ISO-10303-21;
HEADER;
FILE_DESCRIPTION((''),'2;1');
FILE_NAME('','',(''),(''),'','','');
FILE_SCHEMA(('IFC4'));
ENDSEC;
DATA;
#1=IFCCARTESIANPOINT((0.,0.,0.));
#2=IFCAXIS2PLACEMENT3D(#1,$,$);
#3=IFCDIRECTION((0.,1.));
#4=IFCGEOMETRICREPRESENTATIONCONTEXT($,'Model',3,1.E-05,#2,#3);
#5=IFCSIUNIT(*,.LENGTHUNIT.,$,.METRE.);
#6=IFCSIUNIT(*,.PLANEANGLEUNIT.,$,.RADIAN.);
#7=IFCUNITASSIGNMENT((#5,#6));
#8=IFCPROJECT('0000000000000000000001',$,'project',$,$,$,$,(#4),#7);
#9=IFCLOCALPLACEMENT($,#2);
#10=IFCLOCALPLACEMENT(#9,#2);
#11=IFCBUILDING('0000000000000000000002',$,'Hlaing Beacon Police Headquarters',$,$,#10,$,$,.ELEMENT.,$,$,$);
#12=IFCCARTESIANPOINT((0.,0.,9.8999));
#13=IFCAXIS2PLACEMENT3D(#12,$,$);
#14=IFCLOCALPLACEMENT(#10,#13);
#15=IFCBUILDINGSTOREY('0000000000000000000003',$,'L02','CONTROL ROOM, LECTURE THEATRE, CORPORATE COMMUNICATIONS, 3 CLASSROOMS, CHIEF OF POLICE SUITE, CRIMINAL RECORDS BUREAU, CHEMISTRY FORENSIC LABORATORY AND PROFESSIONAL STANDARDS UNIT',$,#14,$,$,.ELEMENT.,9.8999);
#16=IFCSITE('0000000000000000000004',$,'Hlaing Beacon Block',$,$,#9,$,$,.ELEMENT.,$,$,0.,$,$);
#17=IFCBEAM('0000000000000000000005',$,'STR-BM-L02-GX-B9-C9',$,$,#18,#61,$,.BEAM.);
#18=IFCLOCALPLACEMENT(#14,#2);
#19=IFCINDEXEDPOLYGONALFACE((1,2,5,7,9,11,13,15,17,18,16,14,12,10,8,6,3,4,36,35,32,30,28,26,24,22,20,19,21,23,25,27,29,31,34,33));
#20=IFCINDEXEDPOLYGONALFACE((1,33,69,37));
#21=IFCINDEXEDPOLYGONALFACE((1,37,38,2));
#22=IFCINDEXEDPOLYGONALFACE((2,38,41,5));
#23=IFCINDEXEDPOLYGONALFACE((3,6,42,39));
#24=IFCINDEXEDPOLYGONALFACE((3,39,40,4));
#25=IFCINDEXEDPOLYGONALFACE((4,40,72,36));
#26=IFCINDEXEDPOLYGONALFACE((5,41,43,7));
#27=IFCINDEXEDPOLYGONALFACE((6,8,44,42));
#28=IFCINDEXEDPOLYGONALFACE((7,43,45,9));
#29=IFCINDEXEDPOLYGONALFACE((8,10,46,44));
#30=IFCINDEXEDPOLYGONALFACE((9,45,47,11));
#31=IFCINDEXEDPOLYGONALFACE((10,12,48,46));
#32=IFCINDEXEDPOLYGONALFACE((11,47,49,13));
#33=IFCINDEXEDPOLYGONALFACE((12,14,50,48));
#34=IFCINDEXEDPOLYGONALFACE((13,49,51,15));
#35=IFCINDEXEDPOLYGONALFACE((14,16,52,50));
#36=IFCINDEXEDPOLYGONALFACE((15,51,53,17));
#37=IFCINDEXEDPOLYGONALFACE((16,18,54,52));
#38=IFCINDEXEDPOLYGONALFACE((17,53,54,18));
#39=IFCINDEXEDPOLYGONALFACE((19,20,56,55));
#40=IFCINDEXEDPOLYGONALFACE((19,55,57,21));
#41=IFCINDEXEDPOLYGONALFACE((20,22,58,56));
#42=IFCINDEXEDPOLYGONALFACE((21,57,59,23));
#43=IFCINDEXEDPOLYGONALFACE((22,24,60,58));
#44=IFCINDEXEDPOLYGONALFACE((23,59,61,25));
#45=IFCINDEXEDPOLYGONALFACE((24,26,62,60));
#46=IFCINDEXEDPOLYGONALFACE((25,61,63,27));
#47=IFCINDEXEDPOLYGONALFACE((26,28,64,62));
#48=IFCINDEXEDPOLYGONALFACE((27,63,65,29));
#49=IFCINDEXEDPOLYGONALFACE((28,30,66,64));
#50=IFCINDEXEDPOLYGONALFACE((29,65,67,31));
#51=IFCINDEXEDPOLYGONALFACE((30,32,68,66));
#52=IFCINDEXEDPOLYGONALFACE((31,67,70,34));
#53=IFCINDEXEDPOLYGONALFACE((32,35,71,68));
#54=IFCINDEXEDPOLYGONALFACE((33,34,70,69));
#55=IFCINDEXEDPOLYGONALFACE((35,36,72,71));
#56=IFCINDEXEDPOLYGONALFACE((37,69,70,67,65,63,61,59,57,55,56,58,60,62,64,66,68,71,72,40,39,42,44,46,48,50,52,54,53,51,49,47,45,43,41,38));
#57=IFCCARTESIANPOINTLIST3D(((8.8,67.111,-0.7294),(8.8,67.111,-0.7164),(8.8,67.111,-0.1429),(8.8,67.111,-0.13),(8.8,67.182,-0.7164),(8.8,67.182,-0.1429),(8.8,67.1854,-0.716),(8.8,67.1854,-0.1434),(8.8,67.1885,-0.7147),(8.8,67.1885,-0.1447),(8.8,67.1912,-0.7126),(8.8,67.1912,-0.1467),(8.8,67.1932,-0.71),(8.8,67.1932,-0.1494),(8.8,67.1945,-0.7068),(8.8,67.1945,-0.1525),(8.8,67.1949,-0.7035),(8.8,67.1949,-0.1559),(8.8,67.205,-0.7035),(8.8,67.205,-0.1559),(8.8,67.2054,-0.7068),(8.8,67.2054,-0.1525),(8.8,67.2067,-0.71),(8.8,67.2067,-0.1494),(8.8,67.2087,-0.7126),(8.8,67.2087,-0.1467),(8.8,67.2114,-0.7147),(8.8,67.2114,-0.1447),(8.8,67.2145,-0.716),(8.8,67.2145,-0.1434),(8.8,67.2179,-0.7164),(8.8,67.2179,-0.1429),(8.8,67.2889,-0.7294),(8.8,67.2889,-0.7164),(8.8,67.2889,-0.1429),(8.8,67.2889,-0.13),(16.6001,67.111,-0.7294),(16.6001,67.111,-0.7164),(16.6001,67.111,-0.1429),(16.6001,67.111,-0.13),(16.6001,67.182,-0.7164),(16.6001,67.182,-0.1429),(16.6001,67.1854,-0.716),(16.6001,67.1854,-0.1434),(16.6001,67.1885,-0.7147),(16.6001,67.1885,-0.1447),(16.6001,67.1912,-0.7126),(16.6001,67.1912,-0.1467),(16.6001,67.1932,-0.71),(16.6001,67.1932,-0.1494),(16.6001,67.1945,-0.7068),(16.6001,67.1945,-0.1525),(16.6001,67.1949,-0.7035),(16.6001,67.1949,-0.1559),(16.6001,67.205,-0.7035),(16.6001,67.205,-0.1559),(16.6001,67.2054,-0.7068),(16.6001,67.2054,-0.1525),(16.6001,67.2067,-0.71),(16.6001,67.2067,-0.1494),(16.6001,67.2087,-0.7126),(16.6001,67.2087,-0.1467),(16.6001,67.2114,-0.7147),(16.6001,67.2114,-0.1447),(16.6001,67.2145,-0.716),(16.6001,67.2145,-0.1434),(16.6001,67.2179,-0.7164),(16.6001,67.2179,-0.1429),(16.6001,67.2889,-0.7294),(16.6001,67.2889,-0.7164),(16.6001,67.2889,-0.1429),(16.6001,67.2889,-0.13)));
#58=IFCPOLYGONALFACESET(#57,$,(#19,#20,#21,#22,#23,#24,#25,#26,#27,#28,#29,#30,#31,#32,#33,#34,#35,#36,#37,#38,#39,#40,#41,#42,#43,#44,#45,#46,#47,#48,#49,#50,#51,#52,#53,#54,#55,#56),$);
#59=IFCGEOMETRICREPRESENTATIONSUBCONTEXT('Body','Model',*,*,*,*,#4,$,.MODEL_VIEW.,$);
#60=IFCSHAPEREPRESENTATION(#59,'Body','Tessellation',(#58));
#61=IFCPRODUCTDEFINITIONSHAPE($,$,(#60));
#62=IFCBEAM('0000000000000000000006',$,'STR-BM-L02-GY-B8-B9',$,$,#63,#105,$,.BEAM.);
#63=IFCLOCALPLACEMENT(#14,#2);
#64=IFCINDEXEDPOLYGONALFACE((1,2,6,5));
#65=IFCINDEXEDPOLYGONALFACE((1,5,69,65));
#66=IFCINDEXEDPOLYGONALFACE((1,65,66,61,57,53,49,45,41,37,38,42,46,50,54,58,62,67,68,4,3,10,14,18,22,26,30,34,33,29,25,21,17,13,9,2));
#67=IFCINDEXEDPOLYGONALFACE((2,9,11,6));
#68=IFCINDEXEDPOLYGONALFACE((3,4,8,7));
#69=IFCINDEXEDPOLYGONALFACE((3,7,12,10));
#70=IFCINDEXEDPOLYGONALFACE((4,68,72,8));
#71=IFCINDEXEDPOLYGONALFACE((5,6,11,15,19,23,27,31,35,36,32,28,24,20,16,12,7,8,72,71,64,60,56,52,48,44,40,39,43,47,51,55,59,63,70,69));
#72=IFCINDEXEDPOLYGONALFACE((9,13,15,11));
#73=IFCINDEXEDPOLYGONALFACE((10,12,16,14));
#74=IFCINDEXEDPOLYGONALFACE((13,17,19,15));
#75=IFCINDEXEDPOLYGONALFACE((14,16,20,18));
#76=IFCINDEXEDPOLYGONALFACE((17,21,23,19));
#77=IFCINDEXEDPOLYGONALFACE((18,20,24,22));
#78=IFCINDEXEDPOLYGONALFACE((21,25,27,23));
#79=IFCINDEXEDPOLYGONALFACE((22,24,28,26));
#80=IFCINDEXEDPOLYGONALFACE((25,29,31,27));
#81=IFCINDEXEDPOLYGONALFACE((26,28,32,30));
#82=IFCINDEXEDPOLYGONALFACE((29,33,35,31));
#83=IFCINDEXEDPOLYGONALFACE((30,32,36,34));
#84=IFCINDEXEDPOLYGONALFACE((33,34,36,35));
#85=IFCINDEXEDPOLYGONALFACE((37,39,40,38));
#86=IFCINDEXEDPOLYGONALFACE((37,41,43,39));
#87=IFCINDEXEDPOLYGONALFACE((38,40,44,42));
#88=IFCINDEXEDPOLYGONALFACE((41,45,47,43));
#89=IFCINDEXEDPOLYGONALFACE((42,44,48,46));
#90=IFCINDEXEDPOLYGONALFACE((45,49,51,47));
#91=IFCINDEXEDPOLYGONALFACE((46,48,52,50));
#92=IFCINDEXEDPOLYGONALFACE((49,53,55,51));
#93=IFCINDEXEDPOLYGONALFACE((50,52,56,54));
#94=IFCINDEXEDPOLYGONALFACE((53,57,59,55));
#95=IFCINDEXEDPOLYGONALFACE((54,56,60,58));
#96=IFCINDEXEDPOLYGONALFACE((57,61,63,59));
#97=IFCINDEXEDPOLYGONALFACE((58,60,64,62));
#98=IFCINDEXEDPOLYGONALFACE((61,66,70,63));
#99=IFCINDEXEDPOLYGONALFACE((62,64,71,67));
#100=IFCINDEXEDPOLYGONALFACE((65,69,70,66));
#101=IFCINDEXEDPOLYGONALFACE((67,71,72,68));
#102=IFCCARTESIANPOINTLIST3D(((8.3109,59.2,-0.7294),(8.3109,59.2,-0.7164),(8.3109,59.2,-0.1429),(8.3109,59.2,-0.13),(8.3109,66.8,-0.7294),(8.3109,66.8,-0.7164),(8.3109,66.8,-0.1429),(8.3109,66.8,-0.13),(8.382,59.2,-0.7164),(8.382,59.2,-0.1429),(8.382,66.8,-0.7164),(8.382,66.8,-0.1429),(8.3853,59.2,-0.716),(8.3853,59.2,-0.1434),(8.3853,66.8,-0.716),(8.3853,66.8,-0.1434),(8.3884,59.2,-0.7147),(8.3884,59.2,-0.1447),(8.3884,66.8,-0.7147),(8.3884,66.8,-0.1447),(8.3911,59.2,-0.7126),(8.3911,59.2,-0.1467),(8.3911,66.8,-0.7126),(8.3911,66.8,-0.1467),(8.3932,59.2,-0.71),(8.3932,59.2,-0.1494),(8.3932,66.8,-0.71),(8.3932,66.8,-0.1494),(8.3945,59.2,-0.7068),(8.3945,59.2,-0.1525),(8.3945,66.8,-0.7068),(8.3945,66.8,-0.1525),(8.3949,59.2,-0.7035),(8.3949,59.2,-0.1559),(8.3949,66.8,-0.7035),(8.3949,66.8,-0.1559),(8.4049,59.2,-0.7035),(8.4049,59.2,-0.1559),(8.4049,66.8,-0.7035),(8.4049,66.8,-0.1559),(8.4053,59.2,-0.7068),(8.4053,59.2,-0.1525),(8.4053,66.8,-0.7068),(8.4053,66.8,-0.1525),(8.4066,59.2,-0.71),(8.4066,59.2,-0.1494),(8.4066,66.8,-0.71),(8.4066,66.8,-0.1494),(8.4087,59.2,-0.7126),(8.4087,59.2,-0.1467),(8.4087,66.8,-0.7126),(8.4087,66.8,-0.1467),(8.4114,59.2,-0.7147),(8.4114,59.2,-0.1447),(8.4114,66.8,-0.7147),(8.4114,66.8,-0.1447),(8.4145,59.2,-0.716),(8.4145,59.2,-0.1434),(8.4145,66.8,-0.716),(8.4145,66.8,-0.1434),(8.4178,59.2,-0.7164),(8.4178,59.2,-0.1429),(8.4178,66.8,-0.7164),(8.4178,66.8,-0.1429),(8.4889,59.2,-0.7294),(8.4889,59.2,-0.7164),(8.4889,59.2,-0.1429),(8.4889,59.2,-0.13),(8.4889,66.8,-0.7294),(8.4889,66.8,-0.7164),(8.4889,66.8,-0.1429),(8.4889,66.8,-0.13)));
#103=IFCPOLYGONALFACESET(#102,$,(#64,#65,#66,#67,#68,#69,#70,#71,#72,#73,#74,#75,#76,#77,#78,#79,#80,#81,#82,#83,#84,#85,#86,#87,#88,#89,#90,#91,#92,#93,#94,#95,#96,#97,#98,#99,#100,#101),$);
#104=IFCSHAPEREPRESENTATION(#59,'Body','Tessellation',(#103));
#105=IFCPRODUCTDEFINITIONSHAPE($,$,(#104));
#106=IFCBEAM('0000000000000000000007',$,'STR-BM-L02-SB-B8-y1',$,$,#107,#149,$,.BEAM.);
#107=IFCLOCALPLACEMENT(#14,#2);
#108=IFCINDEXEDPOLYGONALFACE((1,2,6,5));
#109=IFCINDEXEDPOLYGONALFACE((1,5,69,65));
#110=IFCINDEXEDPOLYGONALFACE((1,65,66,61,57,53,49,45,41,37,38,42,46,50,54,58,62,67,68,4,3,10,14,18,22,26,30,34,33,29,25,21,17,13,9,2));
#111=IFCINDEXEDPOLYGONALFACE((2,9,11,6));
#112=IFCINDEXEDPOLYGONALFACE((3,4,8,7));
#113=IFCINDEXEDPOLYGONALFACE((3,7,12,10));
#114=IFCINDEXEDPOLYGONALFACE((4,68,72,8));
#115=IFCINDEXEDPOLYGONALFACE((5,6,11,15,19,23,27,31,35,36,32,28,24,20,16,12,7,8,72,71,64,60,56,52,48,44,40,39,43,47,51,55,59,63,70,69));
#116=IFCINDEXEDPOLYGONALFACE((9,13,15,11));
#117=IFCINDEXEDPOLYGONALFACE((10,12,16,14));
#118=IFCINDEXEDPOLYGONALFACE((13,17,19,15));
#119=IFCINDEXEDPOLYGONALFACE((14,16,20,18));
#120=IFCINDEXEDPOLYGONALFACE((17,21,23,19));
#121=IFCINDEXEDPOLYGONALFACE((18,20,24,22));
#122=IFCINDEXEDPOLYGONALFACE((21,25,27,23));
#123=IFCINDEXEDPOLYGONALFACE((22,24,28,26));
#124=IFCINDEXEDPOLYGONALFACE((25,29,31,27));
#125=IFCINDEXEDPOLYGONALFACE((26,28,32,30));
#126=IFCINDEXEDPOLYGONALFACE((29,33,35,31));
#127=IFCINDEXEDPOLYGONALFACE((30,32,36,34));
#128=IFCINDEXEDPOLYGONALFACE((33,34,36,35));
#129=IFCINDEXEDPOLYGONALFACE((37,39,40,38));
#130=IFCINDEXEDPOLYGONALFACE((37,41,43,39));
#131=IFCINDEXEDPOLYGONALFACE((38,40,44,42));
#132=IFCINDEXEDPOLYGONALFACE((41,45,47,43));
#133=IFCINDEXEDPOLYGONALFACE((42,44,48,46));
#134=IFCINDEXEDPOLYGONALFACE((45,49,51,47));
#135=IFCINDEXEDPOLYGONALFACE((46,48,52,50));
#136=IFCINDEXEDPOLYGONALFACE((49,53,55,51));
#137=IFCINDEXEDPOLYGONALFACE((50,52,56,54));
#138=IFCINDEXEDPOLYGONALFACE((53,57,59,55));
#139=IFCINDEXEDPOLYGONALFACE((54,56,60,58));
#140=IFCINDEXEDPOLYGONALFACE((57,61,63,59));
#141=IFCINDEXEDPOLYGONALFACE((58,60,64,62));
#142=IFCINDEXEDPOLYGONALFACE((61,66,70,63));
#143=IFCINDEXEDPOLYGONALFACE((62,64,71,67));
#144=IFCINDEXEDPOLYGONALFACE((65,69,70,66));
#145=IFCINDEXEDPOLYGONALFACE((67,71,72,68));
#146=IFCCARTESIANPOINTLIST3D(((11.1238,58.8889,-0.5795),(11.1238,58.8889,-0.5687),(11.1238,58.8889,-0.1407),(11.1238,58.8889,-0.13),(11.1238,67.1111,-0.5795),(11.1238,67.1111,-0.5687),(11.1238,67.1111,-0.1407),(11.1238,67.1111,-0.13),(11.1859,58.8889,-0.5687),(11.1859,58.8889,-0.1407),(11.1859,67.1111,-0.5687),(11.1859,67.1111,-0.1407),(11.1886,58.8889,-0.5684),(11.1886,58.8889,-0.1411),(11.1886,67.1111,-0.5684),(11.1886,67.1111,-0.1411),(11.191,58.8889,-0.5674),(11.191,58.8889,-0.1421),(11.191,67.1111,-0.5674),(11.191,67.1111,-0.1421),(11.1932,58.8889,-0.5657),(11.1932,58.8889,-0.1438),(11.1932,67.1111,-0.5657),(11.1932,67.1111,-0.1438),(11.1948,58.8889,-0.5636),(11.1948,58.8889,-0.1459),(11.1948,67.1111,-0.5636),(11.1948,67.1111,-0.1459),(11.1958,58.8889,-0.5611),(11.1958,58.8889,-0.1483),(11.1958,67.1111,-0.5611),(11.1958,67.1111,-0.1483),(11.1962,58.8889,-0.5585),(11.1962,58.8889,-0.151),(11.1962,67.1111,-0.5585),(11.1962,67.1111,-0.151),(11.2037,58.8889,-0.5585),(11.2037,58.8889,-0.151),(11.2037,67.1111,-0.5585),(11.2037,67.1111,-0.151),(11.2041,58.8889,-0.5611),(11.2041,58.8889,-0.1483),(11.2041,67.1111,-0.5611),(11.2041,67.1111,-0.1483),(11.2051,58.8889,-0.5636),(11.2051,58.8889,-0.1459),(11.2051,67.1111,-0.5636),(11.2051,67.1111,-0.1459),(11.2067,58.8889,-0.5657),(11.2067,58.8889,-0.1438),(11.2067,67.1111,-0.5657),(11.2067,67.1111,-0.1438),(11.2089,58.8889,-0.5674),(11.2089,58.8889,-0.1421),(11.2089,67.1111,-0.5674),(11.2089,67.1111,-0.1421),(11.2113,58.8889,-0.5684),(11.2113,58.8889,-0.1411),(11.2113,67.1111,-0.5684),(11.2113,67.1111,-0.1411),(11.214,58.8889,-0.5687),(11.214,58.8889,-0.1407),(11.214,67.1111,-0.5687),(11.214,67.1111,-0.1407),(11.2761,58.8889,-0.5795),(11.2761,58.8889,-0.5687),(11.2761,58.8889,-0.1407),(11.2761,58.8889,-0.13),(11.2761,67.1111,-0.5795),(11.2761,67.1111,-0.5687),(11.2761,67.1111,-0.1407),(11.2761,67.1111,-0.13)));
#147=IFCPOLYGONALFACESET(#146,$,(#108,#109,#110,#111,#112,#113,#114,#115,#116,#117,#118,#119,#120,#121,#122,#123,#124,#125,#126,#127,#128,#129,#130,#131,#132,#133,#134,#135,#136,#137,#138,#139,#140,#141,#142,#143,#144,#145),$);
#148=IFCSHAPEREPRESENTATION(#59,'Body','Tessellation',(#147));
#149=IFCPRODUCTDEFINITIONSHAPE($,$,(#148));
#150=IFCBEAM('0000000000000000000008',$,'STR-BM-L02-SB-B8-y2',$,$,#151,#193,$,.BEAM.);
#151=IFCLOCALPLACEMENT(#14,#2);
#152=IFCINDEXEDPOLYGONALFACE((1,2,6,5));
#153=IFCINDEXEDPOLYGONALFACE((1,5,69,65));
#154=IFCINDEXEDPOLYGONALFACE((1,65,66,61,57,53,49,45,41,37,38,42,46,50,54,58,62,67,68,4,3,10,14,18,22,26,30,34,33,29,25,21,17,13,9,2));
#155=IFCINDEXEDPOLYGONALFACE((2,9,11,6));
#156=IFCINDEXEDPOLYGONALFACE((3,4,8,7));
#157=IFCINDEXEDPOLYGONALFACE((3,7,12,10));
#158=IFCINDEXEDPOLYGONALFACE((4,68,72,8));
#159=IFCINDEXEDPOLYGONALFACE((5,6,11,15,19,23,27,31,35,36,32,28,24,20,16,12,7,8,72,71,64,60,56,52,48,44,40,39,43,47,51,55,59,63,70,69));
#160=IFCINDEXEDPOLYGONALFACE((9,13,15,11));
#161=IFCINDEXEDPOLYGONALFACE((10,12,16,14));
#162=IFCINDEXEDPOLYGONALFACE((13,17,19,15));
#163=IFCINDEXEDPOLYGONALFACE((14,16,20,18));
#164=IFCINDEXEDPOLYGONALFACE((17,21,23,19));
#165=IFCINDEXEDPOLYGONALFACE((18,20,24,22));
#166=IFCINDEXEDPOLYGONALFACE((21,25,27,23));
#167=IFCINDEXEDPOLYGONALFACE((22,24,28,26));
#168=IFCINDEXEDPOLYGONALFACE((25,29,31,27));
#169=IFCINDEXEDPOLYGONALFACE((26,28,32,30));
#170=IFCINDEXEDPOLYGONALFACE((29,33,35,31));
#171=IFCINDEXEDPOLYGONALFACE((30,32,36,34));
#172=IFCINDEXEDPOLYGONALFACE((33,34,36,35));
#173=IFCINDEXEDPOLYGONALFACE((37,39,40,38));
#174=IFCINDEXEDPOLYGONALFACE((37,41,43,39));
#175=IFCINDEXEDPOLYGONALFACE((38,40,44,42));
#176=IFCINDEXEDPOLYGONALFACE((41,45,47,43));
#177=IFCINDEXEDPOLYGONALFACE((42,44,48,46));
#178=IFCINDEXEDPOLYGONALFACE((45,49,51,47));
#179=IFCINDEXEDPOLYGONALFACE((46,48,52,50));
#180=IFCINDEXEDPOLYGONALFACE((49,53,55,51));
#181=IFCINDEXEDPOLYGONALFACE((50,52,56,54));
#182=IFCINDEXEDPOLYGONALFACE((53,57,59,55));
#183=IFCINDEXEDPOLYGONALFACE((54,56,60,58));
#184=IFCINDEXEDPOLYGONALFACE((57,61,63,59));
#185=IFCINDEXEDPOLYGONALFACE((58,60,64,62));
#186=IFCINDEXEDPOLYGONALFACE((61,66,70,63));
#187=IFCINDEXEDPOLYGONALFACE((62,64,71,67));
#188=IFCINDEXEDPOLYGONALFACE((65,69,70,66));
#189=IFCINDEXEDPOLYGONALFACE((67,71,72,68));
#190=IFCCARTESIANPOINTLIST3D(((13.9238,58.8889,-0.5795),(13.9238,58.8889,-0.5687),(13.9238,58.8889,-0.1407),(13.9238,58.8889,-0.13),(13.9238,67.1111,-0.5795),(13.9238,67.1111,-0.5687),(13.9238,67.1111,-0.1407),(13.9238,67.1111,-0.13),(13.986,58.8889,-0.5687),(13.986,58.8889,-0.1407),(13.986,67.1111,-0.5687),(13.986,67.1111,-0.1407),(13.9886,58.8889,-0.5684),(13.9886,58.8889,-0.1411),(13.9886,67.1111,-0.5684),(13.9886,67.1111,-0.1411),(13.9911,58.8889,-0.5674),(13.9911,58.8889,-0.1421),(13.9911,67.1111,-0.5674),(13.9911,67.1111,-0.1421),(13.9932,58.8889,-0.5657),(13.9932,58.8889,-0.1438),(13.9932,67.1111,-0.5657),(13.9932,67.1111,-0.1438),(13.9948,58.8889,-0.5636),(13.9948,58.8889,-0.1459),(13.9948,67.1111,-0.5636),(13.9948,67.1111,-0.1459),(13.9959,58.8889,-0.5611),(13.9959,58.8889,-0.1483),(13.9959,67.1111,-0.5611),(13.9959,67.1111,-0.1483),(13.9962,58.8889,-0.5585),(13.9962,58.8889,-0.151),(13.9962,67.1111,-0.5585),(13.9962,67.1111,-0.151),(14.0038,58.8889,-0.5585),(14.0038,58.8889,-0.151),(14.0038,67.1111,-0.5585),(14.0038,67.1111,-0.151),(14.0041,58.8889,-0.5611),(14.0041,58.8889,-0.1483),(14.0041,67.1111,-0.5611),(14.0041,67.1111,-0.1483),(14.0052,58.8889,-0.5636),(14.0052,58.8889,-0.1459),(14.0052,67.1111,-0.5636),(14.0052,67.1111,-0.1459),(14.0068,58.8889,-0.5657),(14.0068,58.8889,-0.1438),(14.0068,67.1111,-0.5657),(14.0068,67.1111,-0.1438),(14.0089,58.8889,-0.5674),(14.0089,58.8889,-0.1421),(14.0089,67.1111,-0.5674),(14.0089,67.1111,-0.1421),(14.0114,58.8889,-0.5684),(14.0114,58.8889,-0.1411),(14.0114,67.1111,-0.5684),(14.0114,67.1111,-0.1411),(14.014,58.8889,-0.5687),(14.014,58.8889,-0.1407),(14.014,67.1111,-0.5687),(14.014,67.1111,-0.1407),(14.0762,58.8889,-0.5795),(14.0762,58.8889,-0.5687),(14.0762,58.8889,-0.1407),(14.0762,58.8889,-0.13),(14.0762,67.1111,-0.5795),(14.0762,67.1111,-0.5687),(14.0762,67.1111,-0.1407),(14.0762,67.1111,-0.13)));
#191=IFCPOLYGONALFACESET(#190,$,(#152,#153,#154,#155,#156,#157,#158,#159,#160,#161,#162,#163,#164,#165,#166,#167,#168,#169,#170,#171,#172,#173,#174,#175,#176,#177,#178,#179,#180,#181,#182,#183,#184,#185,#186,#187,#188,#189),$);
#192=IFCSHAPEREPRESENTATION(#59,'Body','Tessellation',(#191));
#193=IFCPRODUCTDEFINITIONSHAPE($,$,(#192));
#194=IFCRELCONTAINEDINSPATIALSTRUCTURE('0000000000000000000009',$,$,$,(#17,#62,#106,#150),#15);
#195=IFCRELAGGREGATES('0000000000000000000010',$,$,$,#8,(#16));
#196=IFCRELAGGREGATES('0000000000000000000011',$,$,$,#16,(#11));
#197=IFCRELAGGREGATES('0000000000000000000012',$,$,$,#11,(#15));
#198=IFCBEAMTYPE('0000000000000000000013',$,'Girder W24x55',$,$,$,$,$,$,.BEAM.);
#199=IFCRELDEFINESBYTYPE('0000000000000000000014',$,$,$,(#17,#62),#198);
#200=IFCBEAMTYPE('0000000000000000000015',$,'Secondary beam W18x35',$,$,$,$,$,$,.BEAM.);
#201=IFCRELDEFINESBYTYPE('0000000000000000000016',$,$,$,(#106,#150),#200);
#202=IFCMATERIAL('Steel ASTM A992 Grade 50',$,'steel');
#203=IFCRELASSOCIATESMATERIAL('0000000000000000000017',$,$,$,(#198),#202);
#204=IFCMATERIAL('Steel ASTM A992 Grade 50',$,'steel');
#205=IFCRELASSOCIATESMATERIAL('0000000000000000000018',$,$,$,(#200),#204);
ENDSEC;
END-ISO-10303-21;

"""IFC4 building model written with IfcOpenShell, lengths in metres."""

from ifc_helpers import new_model, si_unit, direction, frame, origin, origin_2d, place, context, subcontext, project, spatial, i_section, extrude, material, material_profile, profile_set, type_object, element, save


model = new_model("IFC4")

# Units and contexts
model_context = context("Model", 3, precision=1e-05, world=origin(), true_north=direction((0.0, 1.0)))
body_context = subcontext(model_context, "Body", "Model", "MODEL_VIEW")
ifc_project = project(units=[si_unit("LENGTHUNIT", "METRE"), si_unit("PLANEANGLEUNIT", "RADIAN")], contexts=[model_context])

# Site, building, storey
site_placement = place(None, origin())
site = spatial("IfcSite", under=ifc_project, at=site_placement, Name="Hlaing Beacon Block", CompositionType="ELEMENT", RefElevation=0.0)
building_placement = place(site_placement, origin())
building = spatial("IfcBuilding", under=site, at=building_placement, Name="Hlaing Beacon Police Headquarters", CompositionType="ELEMENT")
storey_placement = place(building_placement, frame((0.0, 0.0, 9.8999)))
storey = spatial("IfcBuildingStorey", under=building, at=storey_placement, Name="L02", Description="CONTROL ROOM, LECTURE THEATRE, CORPORATE COMMUNICATIONS, 3 CLASSROOMS, CHIEF OF POLICE SUITE, CRIMINAL RECORDS BUREAU, CHEMISTRY FORENSIC LABORATORY AND PROFESSIONAL STANDARDS UNIT", CompositionType="ELEMENT", Elevation=9.8999)

# Beams
ifc_material_1 = material(Name="Steel ASTM A992 Grade 50", Category="steel")
ifc_material_profile_1 = material_profile(ifc_material_1, i_section(OverallWidth=0.178, OverallDepth=0.5994, WebThickness=0.01, FlangeThickness=0.0129, FilletRadius=0.0129, at=origin_2d()), Name="W24x55")
ifc_profile_set_1 = profile_set([ifc_material_profile_1], Name="Steel ASTM A992 Grade 50")
beam_type_1 = type_object("IfcBeamType", Name="Girder W24x55", PredefinedType="BEAM", material=ifc_profile_set_1)
for number, where, z_axis, x_axis, name in (
    (1, (8.8, 67.2, -0.4297), (1.0, 0.0, 0.0), (0.0, 1.0, 0.0), "STR-BM-L02-GX-B9-C9"),
):
    element("IfcBeam", number, at=place(storey_placement, frame(where, z_axis=z_axis, x_axis=x_axis)), inside=storey, type_object=beam_type_1, Name=name, PredefinedType="BEAM", context=body_context, shape_type="SweptSolid", body=[
        extrude(i_section(OverallWidth=0.178, OverallDepth=0.5994, WebThickness=0.01, FlangeThickness=0.0129, FilletRadius=0.0129, at=origin_2d()), origin(), (0.0, 0.0, 1.0), 7.8),
    ])
beam_placement = place(storey_placement, frame((8.3999, 59.2, -0.4297), z_axis=(0.0, 1.0, 0.0), x_axis=(-1.0, 0.0, 0.0)))
element("IfcBeam", 2, at=beam_placement, inside=storey, type_object=beam_type_1, Name="STR-BM-L02-GY-B8-B9", PredefinedType="BEAM", context=body_context, shape_type="SweptSolid", body=[
    extrude(i_section(OverallWidth=0.178, OverallDepth=0.5994, WebThickness=0.01, FlangeThickness=0.0129, FilletRadius=0.0129, at=origin_2d()), origin(), (0.0, 0.0, 1.0), 7.6001),
])
ifc_material_2 = material(Name="Steel ASTM A992 Grade 50", Category="steel")
ifc_material_profile_2 = material_profile(ifc_material_2, i_section(OverallWidth=0.1523, OverallDepth=0.4495, WebThickness=0.0076, FlangeThickness=0.0107, FilletRadius=0.0103, at=origin_2d()), Name="W18x35")
ifc_profile_set_2 = profile_set([ifc_material_profile_2], Name="Steel ASTM A992 Grade 50")
beam_type_2 = type_object("IfcBeamType", Name="Secondary beam W18x35", PredefinedType="BEAM", material=ifc_profile_set_2)
for number, where, z_axis, x_axis, name in (
    (3, (11.2, 58.8889, -0.3547), (0.0, 1.0, 0.0), (-1.0, 0.0, 0.0), "STR-BM-L02-SB-B8-y1"),
    (4, (14.0, 58.8889, -0.3547), (0.0, 1.0, 0.0), (-1.0, 0.0, 0.0), "STR-BM-L02-SB-B8-y2"),
):
    element("IfcBeam", number, at=place(storey_placement, frame(where, z_axis=z_axis, x_axis=x_axis)), inside=storey, type_object=beam_type_2, Name=name, PredefinedType="BEAM", context=body_context, shape_type="SweptSolid", body=[
        extrude(i_section(OverallWidth=0.1523, OverallDepth=0.4495, WebThickness=0.0076, FlangeThickness=0.0107, FilletRadius=0.0103, at=origin_2d()), origin(), (0.0, 0.0, 1.0), 8.2222),
    ])

save(model, "model.ifc")
